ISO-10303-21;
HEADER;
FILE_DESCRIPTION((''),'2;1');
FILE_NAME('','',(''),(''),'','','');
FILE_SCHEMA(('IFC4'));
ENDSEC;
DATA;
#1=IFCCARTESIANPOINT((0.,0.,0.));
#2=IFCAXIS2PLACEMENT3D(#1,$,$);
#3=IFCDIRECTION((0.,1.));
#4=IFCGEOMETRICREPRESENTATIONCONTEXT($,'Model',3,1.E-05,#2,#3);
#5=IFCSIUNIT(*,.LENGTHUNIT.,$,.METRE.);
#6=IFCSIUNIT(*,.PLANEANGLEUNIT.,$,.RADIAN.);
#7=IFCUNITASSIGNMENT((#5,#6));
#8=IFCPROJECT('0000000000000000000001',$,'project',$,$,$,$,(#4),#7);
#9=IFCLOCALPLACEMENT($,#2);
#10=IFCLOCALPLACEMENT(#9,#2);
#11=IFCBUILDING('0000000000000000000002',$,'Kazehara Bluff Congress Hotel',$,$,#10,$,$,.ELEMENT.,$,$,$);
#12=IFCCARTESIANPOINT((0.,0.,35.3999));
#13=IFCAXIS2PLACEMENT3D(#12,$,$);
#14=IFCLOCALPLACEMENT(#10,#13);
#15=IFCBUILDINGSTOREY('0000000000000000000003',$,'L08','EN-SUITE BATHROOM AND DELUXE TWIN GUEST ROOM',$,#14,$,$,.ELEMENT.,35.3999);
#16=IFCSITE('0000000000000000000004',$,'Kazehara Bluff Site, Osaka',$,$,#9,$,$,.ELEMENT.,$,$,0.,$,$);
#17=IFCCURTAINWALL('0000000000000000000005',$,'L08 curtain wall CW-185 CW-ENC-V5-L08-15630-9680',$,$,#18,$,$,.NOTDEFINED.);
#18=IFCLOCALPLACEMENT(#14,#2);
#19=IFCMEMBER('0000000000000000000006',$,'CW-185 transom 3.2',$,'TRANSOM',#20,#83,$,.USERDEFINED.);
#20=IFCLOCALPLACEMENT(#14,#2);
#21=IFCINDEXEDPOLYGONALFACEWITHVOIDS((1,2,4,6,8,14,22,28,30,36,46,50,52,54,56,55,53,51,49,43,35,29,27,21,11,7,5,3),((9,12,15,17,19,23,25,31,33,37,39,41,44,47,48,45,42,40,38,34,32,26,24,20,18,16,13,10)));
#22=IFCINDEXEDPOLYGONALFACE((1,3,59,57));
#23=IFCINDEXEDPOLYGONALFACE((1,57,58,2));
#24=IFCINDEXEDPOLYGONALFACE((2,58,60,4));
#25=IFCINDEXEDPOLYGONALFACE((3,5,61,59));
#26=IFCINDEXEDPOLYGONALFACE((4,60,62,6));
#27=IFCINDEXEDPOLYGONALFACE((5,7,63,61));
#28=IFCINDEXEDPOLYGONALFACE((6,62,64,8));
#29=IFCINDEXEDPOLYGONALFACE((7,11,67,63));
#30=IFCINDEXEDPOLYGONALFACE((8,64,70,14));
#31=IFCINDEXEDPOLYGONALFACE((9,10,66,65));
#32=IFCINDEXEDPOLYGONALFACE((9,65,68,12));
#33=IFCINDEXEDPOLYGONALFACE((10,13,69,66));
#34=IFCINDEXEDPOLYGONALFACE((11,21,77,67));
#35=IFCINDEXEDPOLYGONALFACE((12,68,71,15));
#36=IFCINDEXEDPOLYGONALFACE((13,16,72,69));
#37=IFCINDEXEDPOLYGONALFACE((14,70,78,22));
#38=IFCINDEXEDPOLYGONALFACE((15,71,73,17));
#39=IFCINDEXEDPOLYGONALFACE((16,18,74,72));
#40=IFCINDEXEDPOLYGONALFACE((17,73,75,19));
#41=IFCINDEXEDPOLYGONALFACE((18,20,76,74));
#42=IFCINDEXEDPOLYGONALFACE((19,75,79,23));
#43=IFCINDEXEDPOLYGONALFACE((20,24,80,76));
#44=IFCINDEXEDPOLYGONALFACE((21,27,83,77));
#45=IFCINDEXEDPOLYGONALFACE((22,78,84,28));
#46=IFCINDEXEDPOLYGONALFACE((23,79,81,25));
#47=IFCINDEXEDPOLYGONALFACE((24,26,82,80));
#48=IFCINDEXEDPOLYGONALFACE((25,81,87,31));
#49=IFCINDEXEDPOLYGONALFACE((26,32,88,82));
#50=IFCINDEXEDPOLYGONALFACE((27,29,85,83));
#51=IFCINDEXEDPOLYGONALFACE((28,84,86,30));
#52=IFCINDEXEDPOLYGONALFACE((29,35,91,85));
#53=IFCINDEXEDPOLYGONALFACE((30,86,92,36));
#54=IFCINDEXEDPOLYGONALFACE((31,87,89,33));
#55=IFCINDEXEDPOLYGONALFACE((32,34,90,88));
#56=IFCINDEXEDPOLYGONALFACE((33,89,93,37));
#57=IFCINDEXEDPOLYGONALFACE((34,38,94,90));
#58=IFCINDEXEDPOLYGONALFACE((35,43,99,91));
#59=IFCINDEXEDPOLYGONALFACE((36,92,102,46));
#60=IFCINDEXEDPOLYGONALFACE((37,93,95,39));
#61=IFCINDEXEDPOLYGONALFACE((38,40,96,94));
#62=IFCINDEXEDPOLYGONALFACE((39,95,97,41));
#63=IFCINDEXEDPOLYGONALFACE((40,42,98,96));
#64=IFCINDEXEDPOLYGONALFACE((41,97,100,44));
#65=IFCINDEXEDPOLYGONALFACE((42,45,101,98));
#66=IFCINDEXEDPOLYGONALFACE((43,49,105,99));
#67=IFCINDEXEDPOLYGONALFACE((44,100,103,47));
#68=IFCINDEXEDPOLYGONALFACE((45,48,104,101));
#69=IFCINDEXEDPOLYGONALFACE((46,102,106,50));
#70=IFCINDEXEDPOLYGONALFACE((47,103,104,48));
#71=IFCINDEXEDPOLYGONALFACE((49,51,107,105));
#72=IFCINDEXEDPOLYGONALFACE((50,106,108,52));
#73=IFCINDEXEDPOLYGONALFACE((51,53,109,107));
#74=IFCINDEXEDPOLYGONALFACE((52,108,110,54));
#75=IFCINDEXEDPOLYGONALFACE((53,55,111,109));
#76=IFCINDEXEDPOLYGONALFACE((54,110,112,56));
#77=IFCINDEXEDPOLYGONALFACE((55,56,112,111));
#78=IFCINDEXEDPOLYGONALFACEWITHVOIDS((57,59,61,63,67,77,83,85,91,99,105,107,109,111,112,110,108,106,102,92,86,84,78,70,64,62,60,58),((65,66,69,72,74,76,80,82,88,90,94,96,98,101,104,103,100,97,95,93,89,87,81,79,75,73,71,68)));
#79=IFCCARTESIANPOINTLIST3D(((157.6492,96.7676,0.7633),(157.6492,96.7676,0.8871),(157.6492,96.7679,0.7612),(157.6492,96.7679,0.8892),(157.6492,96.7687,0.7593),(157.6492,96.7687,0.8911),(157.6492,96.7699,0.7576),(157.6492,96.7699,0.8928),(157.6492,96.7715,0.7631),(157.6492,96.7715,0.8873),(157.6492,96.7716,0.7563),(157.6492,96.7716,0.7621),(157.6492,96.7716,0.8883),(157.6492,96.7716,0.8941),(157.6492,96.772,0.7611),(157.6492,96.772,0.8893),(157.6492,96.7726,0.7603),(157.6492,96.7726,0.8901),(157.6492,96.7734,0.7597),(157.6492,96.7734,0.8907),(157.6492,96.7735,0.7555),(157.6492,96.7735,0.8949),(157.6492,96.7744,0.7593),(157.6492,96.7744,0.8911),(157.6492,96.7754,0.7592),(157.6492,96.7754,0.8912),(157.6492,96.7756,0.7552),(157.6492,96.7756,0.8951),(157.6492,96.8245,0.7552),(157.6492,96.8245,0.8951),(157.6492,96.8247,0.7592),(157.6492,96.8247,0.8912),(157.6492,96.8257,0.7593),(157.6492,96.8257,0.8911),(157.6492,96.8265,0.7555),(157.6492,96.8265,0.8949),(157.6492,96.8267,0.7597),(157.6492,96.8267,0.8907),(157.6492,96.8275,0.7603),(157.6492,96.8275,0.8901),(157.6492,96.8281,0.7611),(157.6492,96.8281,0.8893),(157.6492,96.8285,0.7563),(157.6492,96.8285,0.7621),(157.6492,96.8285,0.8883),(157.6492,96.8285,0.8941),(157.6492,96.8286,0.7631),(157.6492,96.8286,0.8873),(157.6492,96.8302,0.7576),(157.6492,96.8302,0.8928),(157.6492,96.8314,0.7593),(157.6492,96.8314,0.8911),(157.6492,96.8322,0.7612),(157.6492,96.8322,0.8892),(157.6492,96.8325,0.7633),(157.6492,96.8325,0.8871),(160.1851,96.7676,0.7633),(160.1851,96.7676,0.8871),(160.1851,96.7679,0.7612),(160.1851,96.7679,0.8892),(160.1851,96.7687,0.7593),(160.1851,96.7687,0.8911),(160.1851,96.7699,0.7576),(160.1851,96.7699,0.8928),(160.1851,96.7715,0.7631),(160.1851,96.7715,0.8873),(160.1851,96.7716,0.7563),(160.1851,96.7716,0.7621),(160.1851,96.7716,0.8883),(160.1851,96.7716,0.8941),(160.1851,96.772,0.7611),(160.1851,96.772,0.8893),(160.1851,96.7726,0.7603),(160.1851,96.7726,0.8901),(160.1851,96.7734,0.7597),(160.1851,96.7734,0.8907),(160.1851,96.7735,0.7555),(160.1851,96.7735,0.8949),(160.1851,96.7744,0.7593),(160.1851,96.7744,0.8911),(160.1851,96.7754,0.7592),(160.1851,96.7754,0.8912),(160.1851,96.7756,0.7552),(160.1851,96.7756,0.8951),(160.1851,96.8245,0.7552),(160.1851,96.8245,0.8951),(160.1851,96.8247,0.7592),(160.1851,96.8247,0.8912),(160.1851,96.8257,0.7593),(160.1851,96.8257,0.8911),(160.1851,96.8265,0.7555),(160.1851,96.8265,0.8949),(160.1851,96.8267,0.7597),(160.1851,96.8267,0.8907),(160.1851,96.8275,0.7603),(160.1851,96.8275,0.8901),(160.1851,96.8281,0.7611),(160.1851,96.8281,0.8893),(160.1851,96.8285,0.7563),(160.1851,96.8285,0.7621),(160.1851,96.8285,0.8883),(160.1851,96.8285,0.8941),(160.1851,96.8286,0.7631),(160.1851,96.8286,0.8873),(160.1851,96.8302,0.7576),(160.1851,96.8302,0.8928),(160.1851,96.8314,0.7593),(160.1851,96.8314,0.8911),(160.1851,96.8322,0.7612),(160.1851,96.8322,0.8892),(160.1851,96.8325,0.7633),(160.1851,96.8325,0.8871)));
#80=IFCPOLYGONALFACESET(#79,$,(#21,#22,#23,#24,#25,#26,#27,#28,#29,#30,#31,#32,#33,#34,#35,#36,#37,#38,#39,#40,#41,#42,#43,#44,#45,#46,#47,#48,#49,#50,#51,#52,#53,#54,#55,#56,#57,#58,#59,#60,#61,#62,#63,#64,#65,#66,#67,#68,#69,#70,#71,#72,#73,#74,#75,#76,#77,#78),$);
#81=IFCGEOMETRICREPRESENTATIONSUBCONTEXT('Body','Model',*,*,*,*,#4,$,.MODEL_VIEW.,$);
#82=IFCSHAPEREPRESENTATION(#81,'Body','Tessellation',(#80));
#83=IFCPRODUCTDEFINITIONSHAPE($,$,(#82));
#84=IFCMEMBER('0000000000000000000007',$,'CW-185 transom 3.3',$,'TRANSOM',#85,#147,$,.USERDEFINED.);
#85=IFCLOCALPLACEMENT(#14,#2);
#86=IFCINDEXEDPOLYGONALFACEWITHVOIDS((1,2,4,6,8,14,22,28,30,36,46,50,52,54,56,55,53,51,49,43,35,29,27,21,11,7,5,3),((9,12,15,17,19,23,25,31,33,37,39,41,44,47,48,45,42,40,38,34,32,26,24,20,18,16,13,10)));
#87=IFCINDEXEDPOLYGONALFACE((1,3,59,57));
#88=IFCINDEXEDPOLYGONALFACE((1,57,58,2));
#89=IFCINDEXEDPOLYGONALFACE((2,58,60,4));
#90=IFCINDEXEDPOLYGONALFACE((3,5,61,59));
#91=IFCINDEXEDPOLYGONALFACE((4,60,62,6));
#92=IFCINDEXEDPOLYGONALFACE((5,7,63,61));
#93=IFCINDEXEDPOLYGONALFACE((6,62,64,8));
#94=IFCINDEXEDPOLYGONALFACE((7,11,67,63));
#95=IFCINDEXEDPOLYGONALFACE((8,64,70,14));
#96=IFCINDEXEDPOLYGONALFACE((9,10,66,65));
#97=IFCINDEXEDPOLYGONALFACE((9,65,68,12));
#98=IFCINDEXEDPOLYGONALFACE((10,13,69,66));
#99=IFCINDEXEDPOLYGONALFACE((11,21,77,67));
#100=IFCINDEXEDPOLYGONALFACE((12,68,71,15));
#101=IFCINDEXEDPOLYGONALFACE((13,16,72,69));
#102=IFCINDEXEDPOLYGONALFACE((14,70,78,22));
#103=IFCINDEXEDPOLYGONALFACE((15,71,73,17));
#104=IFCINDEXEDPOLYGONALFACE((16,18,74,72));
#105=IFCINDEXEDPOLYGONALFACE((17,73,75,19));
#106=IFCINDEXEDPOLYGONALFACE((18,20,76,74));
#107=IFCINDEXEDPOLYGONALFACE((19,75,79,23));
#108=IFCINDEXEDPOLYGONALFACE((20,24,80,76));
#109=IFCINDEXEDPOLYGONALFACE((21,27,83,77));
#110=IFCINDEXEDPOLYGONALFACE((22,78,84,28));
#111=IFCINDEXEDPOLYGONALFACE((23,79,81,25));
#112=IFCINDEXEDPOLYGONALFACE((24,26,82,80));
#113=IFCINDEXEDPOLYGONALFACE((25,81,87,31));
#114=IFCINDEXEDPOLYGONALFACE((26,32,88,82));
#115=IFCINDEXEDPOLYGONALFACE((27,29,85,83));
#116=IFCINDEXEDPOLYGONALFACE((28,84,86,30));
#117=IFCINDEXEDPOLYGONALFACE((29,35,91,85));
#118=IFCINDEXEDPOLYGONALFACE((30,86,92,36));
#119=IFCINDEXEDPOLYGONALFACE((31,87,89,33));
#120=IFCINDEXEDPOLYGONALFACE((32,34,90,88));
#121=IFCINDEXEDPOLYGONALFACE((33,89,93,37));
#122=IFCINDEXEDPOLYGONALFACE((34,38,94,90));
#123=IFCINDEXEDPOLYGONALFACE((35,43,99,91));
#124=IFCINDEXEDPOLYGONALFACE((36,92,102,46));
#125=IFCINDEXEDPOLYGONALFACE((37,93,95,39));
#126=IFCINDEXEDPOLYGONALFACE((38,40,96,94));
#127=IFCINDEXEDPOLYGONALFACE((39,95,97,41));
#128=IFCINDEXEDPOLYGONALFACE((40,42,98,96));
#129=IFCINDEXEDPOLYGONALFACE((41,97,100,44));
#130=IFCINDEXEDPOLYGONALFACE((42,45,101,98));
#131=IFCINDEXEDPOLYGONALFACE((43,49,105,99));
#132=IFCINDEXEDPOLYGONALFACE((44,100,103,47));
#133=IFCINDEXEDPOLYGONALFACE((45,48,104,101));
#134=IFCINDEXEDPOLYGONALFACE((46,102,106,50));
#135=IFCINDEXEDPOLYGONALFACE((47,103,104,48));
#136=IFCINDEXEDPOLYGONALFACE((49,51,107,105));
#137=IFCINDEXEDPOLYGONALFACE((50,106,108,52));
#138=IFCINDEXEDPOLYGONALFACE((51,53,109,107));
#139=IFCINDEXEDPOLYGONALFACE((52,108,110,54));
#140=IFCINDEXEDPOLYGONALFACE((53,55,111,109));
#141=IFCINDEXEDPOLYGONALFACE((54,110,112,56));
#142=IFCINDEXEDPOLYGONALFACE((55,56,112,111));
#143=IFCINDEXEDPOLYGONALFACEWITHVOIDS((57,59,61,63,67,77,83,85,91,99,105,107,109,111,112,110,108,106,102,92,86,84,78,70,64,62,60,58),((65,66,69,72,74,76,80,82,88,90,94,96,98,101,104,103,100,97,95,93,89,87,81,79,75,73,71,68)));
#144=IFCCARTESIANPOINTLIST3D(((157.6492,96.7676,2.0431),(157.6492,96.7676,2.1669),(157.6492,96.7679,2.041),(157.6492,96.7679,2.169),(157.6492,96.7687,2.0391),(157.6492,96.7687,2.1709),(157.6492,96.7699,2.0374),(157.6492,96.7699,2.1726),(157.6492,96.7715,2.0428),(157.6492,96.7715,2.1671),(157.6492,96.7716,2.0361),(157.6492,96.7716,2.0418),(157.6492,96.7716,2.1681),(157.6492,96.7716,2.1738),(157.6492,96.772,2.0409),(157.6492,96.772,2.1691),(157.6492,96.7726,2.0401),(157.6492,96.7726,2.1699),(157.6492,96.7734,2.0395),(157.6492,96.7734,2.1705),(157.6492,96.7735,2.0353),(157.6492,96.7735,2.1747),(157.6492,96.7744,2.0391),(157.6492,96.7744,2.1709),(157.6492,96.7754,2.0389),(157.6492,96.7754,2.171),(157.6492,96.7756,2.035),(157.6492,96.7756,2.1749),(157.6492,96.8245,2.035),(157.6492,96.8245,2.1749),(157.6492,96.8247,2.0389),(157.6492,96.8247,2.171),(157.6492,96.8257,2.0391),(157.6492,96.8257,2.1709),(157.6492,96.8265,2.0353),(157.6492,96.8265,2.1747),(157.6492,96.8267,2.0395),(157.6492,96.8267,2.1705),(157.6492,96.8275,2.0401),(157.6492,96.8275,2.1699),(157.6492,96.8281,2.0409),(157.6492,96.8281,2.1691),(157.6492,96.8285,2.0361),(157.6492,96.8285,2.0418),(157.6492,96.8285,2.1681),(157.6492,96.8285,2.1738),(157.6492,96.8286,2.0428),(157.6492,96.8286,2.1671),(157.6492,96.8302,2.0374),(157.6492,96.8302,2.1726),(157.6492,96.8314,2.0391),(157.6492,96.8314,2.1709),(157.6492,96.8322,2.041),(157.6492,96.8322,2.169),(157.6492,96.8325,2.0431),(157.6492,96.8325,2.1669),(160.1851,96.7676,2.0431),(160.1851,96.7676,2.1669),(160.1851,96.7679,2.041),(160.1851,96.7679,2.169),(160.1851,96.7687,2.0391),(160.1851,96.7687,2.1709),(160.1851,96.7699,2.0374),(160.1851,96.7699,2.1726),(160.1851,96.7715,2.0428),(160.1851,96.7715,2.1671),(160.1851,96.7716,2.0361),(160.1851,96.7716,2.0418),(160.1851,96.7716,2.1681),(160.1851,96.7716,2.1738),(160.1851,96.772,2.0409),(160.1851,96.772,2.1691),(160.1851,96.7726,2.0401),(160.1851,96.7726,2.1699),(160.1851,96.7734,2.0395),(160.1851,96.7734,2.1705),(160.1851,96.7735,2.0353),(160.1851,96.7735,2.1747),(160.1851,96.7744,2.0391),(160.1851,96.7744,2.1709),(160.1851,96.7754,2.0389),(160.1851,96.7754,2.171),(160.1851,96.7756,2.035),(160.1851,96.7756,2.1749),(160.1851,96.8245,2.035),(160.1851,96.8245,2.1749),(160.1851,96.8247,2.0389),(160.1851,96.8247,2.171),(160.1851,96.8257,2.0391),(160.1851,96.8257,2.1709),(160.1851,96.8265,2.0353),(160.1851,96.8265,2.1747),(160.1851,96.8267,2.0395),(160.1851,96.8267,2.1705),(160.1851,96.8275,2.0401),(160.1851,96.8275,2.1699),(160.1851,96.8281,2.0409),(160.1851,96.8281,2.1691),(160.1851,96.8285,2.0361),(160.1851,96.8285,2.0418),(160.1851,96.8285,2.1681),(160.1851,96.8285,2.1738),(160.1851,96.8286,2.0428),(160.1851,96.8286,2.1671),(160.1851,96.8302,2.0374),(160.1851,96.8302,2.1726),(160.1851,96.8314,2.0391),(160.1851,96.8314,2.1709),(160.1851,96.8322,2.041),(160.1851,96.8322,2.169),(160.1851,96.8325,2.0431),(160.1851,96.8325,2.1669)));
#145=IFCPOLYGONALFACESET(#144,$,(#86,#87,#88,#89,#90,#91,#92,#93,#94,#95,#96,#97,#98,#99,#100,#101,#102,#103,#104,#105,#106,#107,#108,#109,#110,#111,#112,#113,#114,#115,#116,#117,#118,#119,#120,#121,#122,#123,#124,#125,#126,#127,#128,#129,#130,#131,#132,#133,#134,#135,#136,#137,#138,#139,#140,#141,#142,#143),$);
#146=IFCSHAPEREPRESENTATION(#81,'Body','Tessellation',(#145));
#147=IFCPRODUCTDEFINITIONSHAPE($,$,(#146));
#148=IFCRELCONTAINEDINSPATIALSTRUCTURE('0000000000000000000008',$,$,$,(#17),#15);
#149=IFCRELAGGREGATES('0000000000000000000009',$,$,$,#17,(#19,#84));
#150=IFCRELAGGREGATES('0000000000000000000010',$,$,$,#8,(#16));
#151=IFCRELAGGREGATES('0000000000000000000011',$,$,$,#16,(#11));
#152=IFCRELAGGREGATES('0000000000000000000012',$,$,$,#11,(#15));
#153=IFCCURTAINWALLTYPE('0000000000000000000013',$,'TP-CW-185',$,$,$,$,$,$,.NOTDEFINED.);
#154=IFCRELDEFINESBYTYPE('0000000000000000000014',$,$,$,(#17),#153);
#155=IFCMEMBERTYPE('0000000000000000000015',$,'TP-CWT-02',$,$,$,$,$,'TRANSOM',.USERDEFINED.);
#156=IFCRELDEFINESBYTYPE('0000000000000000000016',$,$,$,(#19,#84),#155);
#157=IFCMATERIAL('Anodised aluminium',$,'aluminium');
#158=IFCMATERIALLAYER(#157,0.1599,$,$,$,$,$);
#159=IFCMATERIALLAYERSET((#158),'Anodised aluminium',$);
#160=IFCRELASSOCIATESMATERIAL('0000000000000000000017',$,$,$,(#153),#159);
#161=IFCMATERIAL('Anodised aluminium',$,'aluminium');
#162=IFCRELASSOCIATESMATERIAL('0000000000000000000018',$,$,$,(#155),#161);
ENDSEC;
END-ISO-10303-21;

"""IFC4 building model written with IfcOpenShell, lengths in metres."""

from ifc_helpers import new_model, si_unit, direction, frame, origin, origin_2d, place, context, subcontext, project, spatial, hollow_rectangle, extrude, material, layer, layer_set, material_profile, profile_set, type_object, element, aggregate, save


model = new_model("IFC4")

# Units and contexts
model_context = context("Model", 3, precision=1e-05, world=origin(), true_north=direction((0.0, 1.0)))
body_context = subcontext(model_context, "Body", "Model", "MODEL_VIEW")
ifc_project = project(units=[si_unit("LENGTHUNIT", "METRE"), si_unit("PLANEANGLEUNIT", "RADIAN")], contexts=[model_context])

# Site, building, storey
site_placement = place(None, origin())
site = spatial("IfcSite", under=ifc_project, at=site_placement, Name="Kazehara Bluff Site, Osaka", CompositionType="ELEMENT", RefElevation=0.0)
building_placement = place(site_placement, origin())
building = spatial("IfcBuilding", under=site, at=building_placement, Name="Kazehara Bluff Congress Hotel", CompositionType="ELEMENT")
storey_placement = place(building_placement, frame((0.0, 0.0, 35.3999)))
storey = spatial("IfcBuildingStorey", under=building, at=storey_placement, Name="L08", Description="EN-SUITE BATHROOM AND DELUXE TWIN GUEST ROOM", CompositionType="ELEMENT", Elevation=35.3999)

# Curtain wall, members
ifc_material_1 = material(Name="Anodised aluminium", Category="aluminium")
ifc_layer_1 = layer(ifc_material_1, 0.1599)
ifc_layer_set_1 = layer_set([ifc_layer_1], Name="Anodised aluminium")
curtain_wall_type = type_object("IfcCurtainWallType", Name="TP-CW-185", PredefinedType="NOTDEFINED", material=ifc_layer_set_1)
curtain_wall_placement = place(storey_placement, origin())
curtain_wall = element("IfcCurtainWall", 1, at=curtain_wall_placement, inside=storey, type_object=curtain_wall_type, Name="L08 curtain wall CW-185 CW-ENC-V5-L08-15630-9680", PredefinedType="NOTDEFINED")
ifc_material_2 = material(Name="Anodised aluminium", Category="aluminium")
ifc_material_profile_1 = material_profile(ifc_material_2, hollow_rectangle(XDim=0.0649, YDim=0.1399, WallThickness=0.0039, InnerFilletRadius=0.0039, OuterFilletRadius=0.0081, at=origin_2d()))
ifc_profile_set_1 = profile_set([ifc_material_profile_1], Name="Anodised aluminium")
member_type_1 = type_object("IfcMemberType", Name="TP-CWT-02", ElementType="TRANSOM", PredefinedType="USERDEFINED", material=ifc_profile_set_1)
member_1_placement = place(storey_placement, frame((157.6492, 96.8, 0.8252), z_axis=(1.0, 0.0, 0.0), x_axis=(0.0, 1.0, 0.0)))
member_1 = element("IfcMember", 2, at=member_1_placement, type_object=member_type_1, Name="CW-185 transom 3.2", ObjectType="TRANSOM", PredefinedType="USERDEFINED", context=body_context, shape_type="SweptSolid", body=[
    extrude(hollow_rectangle(XDim=0.0649, YDim=0.1399, WallThickness=0.0039, InnerFilletRadius=0.0039, OuterFilletRadius=0.0081, at=origin_2d()), origin(), (0.0, 0.0, 1.0), 2.5359),
])
member_2_placement = place(storey_placement, frame((157.6492, 96.8, 2.105), z_axis=(1.0, 0.0, 0.0), x_axis=(0.0, 1.0, 0.0)))
member_2 = element("IfcMember", 3, at=member_2_placement, type_object=member_type_1, Name="CW-185 transom 3.3", ObjectType="TRANSOM", PredefinedType="USERDEFINED", context=body_context, shape_type="SweptSolid", body=[
    extrude(hollow_rectangle(XDim=0.0649, YDim=0.1399, WallThickness=0.0039, InnerFilletRadius=0.0039, OuterFilletRadius=0.0081, at=origin_2d()), origin(), (0.0, 0.0, 1.0), 2.5359),
])
aggregate(curtain_wall, [member_1, member_2])

save(model, "model.ifc")
